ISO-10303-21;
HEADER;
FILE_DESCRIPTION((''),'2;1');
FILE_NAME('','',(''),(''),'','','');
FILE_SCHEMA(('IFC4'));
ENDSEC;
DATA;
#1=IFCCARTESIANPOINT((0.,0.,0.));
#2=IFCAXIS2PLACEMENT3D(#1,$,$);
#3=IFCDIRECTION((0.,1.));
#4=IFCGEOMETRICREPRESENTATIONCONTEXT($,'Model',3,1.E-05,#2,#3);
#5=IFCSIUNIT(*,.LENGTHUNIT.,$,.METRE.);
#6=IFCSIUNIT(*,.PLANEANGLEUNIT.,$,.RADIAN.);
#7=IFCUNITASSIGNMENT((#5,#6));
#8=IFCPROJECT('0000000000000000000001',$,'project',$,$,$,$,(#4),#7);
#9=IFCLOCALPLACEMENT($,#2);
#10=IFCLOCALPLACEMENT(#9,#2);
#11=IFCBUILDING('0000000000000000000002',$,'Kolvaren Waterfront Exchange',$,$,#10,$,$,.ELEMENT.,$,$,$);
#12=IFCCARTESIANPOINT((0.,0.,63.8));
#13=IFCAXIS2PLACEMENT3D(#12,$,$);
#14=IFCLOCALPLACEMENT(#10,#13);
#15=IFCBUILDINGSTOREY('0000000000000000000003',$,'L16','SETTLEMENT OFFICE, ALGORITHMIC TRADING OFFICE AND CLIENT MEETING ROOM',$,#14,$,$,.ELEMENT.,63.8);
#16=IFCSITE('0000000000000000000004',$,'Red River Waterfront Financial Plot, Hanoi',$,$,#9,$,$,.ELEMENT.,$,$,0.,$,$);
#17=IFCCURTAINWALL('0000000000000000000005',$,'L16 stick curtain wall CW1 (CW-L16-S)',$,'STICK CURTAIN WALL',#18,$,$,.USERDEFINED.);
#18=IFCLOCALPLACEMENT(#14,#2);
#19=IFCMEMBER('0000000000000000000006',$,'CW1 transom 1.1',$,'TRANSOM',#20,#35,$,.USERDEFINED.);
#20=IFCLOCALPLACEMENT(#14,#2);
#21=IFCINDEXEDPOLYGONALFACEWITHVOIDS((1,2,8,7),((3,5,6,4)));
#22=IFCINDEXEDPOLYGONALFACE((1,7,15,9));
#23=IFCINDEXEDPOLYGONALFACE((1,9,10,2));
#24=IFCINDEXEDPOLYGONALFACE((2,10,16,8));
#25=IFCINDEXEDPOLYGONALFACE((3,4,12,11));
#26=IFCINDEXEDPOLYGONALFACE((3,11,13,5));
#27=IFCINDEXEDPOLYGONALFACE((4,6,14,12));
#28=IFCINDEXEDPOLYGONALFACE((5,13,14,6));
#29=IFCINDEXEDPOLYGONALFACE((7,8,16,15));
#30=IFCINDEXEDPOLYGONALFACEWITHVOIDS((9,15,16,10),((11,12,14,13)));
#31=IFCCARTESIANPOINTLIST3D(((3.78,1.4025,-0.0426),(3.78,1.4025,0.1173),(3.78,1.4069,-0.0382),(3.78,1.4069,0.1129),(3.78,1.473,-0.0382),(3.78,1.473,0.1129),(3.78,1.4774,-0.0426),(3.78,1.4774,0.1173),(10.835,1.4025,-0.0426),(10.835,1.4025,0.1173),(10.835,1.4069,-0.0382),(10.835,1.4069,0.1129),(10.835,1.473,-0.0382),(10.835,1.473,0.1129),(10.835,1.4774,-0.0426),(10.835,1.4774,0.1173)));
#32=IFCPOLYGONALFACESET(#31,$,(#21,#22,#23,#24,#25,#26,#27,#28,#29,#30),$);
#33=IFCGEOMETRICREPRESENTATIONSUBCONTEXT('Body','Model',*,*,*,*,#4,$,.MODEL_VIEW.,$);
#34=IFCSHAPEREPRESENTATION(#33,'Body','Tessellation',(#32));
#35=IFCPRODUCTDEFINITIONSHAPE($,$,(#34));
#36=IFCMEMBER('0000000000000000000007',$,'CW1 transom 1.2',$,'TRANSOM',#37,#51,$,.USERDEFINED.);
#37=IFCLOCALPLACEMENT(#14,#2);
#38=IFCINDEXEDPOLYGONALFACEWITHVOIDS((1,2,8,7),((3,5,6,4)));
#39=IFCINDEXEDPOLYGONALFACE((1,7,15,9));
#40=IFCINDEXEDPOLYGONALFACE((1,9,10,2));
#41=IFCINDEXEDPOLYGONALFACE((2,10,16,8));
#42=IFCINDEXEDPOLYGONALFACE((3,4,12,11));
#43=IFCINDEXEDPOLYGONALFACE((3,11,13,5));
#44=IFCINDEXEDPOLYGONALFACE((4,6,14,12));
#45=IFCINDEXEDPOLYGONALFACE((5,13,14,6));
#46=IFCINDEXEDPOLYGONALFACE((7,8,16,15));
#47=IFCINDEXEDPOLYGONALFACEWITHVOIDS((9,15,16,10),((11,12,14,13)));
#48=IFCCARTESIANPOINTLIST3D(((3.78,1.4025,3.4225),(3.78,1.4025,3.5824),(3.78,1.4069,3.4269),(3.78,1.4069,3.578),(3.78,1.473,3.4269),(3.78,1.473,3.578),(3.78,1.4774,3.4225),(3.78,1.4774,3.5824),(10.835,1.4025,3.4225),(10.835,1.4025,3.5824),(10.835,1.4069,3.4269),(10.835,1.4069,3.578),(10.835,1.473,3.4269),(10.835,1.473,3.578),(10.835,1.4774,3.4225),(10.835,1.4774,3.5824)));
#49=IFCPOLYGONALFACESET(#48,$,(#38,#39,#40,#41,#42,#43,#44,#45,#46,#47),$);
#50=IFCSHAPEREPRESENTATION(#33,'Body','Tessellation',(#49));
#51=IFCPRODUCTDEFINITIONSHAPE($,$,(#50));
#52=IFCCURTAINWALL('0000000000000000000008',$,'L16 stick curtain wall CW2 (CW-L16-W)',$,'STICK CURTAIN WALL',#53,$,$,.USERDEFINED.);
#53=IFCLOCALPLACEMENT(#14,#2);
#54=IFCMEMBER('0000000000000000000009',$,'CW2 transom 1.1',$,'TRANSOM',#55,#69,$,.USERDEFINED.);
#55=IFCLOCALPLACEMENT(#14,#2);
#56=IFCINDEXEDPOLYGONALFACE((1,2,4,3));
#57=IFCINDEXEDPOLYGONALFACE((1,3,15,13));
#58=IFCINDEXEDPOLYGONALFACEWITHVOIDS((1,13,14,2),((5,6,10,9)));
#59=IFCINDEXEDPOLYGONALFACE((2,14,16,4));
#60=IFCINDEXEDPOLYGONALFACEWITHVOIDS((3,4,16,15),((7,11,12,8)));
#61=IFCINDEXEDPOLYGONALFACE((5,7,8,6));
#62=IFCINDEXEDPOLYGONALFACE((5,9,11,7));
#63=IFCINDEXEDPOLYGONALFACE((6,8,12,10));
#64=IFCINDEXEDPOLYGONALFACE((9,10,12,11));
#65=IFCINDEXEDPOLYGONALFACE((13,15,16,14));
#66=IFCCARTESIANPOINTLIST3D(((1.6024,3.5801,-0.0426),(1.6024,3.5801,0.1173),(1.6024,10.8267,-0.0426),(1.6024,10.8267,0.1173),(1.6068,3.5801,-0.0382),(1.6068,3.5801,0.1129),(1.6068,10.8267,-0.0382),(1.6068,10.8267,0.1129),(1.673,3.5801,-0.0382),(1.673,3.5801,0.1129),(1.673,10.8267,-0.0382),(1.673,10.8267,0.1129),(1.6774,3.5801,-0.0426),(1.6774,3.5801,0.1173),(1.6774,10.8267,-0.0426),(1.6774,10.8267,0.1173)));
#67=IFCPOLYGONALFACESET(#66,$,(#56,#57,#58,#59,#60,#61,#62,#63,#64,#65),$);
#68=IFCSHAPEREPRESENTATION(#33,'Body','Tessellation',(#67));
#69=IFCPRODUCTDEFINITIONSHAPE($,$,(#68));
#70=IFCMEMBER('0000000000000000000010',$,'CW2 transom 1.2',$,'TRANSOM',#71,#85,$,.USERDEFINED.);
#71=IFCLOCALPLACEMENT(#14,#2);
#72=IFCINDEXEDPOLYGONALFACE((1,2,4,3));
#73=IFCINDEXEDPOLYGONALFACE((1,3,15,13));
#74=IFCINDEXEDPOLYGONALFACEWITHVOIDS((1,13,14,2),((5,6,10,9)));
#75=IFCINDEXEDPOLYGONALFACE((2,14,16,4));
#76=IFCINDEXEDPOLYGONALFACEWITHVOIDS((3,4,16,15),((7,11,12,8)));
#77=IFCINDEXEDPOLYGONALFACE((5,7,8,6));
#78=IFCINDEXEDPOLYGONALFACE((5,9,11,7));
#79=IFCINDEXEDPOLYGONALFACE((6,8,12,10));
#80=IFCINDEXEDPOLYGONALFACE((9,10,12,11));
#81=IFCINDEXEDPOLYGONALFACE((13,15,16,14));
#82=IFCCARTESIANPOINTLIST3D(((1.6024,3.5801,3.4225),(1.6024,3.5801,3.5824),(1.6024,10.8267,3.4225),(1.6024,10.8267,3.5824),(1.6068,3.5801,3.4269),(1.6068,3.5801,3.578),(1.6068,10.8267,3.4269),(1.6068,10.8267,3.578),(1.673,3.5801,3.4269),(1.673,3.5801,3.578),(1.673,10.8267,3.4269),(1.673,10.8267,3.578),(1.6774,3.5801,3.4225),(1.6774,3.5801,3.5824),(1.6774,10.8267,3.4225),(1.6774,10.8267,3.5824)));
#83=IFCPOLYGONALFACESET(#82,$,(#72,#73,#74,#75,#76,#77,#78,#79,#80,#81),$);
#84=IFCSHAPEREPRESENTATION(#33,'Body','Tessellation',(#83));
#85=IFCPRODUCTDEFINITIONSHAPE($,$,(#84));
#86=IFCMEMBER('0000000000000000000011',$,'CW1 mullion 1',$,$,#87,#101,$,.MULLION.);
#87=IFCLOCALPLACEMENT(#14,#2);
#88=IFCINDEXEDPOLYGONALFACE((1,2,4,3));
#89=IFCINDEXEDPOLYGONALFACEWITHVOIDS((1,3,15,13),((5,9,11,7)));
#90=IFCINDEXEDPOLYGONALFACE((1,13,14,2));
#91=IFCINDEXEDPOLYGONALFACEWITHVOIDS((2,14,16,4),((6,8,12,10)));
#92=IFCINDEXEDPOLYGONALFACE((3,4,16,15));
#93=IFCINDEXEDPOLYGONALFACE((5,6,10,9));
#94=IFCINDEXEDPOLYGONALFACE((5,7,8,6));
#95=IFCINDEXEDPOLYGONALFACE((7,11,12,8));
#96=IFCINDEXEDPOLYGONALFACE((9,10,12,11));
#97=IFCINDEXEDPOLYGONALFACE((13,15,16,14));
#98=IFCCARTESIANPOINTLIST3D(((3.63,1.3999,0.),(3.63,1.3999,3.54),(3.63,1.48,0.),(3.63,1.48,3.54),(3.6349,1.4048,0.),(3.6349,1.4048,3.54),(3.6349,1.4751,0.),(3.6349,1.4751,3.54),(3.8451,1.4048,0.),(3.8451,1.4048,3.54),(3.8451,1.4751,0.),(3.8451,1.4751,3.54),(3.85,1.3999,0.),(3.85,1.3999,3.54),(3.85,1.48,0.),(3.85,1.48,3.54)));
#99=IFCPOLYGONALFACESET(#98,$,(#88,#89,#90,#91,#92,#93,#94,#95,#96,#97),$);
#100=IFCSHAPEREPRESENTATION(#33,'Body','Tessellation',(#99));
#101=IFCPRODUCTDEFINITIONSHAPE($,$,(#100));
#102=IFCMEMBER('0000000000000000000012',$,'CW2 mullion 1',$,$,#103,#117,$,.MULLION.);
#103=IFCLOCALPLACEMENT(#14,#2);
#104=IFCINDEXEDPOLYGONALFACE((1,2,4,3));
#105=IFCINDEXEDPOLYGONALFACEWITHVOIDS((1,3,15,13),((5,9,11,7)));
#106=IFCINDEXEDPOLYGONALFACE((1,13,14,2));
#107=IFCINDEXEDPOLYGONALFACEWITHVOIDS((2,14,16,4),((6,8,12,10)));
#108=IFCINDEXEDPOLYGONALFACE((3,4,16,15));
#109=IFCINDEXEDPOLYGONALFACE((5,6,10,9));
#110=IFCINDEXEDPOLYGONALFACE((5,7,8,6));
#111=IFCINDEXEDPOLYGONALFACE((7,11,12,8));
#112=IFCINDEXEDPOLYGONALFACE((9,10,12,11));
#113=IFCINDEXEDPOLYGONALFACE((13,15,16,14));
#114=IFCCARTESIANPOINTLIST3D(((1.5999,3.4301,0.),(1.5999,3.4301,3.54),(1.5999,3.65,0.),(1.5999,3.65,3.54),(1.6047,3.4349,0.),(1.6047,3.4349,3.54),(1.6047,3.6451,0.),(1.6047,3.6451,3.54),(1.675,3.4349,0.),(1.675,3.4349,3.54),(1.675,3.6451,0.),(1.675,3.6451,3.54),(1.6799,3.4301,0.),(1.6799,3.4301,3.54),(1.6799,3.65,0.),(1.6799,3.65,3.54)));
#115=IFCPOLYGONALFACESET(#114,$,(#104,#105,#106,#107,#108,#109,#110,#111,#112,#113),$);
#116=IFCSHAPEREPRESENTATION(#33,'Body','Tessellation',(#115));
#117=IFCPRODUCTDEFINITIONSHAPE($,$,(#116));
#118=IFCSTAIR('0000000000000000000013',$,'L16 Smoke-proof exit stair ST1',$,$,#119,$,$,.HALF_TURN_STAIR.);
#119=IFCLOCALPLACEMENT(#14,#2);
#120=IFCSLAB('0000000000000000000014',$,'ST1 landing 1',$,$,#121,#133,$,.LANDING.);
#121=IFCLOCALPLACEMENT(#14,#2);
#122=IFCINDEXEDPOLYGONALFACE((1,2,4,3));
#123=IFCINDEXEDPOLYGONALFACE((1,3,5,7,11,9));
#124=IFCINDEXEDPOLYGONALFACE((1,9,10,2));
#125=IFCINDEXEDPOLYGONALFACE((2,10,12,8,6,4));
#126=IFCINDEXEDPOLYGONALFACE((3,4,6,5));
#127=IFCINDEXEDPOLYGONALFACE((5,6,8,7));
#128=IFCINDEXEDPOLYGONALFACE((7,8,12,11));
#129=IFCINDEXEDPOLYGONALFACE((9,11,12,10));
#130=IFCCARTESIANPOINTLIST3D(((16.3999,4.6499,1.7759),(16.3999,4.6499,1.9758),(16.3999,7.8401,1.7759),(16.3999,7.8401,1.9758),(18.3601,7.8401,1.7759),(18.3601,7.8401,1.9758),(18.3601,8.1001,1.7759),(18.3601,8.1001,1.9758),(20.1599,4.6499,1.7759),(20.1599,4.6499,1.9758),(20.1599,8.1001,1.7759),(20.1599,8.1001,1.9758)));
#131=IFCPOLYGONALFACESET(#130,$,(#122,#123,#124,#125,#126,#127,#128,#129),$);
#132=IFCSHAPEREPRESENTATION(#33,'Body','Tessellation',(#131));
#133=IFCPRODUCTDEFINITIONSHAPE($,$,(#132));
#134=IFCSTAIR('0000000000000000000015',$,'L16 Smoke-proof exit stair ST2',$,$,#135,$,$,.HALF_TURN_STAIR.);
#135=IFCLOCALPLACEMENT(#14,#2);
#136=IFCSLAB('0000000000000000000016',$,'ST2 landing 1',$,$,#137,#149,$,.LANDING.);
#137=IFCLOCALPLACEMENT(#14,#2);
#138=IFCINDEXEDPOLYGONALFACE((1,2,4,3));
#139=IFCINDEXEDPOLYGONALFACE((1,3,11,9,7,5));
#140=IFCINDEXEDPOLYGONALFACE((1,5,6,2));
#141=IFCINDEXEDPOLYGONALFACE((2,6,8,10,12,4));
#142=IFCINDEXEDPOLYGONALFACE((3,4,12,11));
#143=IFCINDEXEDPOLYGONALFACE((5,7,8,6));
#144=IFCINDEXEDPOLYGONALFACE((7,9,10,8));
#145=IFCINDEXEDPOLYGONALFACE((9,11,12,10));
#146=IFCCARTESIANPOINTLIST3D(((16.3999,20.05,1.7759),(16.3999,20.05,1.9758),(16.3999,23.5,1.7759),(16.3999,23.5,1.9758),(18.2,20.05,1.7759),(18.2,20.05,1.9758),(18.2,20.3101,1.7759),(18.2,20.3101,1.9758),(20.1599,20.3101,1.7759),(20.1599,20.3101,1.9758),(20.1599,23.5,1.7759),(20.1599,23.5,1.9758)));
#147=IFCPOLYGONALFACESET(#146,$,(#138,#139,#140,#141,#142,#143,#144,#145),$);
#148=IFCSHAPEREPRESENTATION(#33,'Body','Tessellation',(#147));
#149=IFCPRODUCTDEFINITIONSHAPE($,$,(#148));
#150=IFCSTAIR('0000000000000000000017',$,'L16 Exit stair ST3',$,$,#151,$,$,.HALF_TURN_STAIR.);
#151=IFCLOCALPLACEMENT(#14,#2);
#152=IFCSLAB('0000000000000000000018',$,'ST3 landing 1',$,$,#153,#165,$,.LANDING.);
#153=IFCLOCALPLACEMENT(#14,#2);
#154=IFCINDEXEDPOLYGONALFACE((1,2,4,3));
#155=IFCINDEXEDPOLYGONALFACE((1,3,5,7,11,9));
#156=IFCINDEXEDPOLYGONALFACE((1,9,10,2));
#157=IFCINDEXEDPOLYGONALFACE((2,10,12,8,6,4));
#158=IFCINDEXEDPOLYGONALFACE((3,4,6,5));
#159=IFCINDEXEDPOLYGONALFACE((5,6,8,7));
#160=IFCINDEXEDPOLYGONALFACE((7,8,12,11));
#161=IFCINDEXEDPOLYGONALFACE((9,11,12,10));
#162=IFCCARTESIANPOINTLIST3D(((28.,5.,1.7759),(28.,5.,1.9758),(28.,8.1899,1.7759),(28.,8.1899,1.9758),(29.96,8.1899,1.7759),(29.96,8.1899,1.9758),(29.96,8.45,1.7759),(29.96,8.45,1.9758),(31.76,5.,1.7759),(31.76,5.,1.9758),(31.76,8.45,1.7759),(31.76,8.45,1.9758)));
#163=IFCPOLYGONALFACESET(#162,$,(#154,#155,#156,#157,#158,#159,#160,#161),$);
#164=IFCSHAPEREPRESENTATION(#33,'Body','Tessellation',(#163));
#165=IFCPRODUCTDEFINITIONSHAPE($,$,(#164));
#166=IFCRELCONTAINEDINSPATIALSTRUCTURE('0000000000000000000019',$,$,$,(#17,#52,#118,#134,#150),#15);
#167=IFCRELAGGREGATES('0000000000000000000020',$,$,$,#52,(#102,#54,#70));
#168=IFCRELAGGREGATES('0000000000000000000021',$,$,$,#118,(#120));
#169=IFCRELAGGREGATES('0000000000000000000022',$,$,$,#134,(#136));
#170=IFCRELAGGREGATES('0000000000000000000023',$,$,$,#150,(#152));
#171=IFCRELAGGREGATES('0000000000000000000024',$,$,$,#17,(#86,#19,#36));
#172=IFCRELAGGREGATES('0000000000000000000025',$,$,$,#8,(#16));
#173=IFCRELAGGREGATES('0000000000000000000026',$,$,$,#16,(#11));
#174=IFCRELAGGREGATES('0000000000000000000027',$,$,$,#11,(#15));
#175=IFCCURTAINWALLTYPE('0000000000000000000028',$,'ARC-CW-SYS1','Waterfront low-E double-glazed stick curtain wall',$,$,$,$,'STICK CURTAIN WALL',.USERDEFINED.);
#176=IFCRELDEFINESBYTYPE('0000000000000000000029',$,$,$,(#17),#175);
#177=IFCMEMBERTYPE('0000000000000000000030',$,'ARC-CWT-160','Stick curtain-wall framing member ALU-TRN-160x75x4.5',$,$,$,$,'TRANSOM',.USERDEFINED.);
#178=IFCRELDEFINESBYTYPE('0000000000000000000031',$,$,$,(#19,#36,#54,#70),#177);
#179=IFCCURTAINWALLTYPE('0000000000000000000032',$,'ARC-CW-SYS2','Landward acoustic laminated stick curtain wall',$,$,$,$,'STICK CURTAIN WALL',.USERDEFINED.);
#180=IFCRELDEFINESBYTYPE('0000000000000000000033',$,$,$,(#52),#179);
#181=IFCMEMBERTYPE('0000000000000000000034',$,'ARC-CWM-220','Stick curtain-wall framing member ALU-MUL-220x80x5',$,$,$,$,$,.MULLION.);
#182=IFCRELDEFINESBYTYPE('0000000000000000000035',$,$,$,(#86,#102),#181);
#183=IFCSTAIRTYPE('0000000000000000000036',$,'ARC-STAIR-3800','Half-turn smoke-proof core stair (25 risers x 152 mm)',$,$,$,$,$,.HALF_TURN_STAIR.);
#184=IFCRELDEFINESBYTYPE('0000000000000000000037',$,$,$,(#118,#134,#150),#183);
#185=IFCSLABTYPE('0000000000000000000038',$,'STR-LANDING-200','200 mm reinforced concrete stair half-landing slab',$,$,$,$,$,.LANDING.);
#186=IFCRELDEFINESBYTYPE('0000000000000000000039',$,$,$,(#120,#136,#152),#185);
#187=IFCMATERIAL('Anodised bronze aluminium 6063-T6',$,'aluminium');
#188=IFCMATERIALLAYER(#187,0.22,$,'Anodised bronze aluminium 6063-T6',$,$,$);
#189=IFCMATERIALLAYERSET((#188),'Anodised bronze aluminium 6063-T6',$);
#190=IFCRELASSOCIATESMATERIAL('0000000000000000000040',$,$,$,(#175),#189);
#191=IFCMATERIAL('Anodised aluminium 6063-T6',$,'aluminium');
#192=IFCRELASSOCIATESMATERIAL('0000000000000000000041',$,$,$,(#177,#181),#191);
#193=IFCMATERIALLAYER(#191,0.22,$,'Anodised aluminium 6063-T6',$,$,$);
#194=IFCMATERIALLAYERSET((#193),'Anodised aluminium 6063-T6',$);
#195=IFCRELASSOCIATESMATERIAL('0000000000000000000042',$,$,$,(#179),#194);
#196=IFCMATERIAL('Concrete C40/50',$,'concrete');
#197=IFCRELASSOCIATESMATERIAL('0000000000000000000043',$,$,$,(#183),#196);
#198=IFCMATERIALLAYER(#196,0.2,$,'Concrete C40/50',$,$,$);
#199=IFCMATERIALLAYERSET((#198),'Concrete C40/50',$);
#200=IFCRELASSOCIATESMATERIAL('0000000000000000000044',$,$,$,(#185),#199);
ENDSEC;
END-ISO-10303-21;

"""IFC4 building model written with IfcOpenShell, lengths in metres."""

from ifc_helpers import new_model, si_unit, direction, frame, origin, origin_with_axes, origin_2d, place, context, subcontext, project, spatial, polyline, hollow_rectangle, outline, extrude, source, transform, mapped, material, layer, layer_set, material_profile, profile_set, type_object, element, aggregate, save


model = new_model("IFC4")

# Units and contexts
model_context = context("Model", 3, precision=1e-05, world=origin(), true_north=direction((0.0, 1.0)))
body_context = subcontext(model_context, "Body", "Model", "MODEL_VIEW")
ifc_project = project(units=[si_unit("LENGTHUNIT", "METRE"), si_unit("PLANEANGLEUNIT", "RADIAN")], contexts=[model_context])

# Site, building, storey
site_placement = place(None, origin())
site = spatial("IfcSite", under=ifc_project, at=site_placement, Name="Red River Waterfront Financial Plot, Hanoi", CompositionType="ELEMENT", RefElevation=0.0)
building_placement = place(site_placement, origin())
building = spatial("IfcBuilding", under=site, at=building_placement, Name="Kolvaren Waterfront Exchange", CompositionType="ELEMENT")
storey_placement = place(building_placement, frame((0.0, 0.0, 63.8)))
storey = spatial("IfcBuildingStorey", under=building, at=storey_placement, Name="L16", Description="SETTLEMENT OFFICE, ALGORITHMIC TRADING OFFICE AND CLIENT MEETING ROOM", CompositionType="ELEMENT", Elevation=63.8)

# Curtain walls, members
ifc_material_1 = material(Name="Anodised bronze aluminium 6063-T6", Category="aluminium")
ifc_layer_1 = layer(ifc_material_1, 0.22, Name="Anodised bronze aluminium 6063-T6")
ifc_layer_set_1 = layer_set([ifc_layer_1], Name="Anodised bronze aluminium 6063-T6")
curtain_wall_type_1 = type_object("IfcCurtainWallType", Name="ARC-CW-SYS1", Description="Waterfront low-E double-glazed stick curtain wall", ElementType="STICK CURTAIN WALL", PredefinedType="USERDEFINED", material=ifc_layer_set_1)
curtain_wall_1_placement = place(storey_placement, origin())
curtain_wall_1 = element("IfcCurtainWall", 1, at=curtain_wall_1_placement, inside=storey, type_object=curtain_wall_type_1, Name="L16 stick curtain wall CW1 (CW-L16-S)", ObjectType="STICK CURTAIN WALL", PredefinedType="USERDEFINED")
ifc_material_2 = material(Name="Anodised aluminium 6063-T6", Category="aluminium")
ifc_material_profile_1 = material_profile(ifc_material_2, hollow_rectangle(XDim=0.075, YDim=0.1599, WallThickness=0.0044, at=origin_2d()), Name="ALU-TRN-160x75x4.5")
ifc_profile_set_1 = profile_set([ifc_material_profile_1], Name="Anodised aluminium 6063-T6")
member_type_1 = type_object("IfcMemberType", Name="ARC-CWT-160", Description="Stick curtain-wall framing member ALU-TRN-160x75x4.5", ElementType="TRANSOM", PredefinedType="USERDEFINED", material=ifc_profile_set_1)
shared_shape_1 = source(origin_with_axes(), body_context, "Body", "SweptSolid", [
    extrude(hollow_rectangle(XDim=0.075, YDim=0.1599, WallThickness=0.0044, at=origin_2d()), origin(), (0.0, 0.0, 1.0), 7.0549),
])
member_1_placement = place(storey_placement, frame((3.78, 1.4399, 0.0374), z_axis=(1.0, 0.0, 0.0), x_axis=(0.0, 1.0, 0.0)))
member_1 = element("IfcMember", 2, at=member_1_placement, type_object=member_type_1, Name="CW1 transom 1.1", ObjectType="TRANSOM", PredefinedType="USERDEFINED", context=body_context, shape_type="MappedRepresentation", body=[
    mapped(shared_shape_1, transform((0.0, 0.0, 0.0), x_axis=(1.0, 0.0, 0.0), y_axis=(0.0, 1.0, 0.0), z_axis=(0.0, 0.0, 1.0), scale=1.0)),
])
member_2_placement = place(storey_placement, frame((3.78, 1.4399, 3.5024), z_axis=(1.0, 0.0, 0.0), x_axis=(0.0, 1.0, 0.0)))
member_2 = element("IfcMember", 3, at=member_2_placement, type_object=member_type_1, Name="CW1 transom 1.2", ObjectType="TRANSOM", PredefinedType="USERDEFINED", context=body_context, shape_type="MappedRepresentation", body=[
    mapped(shared_shape_1, transform((0.0, 0.0, 0.0), x_axis=(1.0, 0.0, 0.0), y_axis=(0.0, 1.0, 0.0), z_axis=(0.0, 0.0, 1.0), scale=1.0)),
])
ifc_layer_2 = layer(ifc_material_2, 0.22, Name="Anodised aluminium 6063-T6")
ifc_layer_set_2 = layer_set([ifc_layer_2], Name="Anodised aluminium 6063-T6")
curtain_wall_type_2 = type_object("IfcCurtainWallType", Name="ARC-CW-SYS2", Description="Landward acoustic laminated stick curtain wall", ElementType="STICK CURTAIN WALL", PredefinedType="USERDEFINED", material=ifc_layer_set_2)
curtain_wall_2_placement = place(storey_placement, origin())
curtain_wall_2 = element("IfcCurtainWall", 4, at=curtain_wall_2_placement, inside=storey, type_object=curtain_wall_type_2, Name="L16 stick curtain wall CW2 (CW-L16-W)", ObjectType="STICK CURTAIN WALL", PredefinedType="USERDEFINED")
shared_shape_2 = source(origin_with_axes(), body_context, "Body", "SweptSolid", [
    extrude(hollow_rectangle(XDim=0.075, YDim=0.1599, WallThickness=0.0044, at=origin_2d()), origin(), (0.0, 0.0, 1.0), 7.2466),
])
member_3_placement = place(storey_placement, frame((1.6399, 3.5801, 0.0374), z_axis=(0.0, 1.0, 0.0), x_axis=(-1.0, 0.0, 0.0)))
member_3 = element("IfcMember", 5, at=member_3_placement, type_object=member_type_1, Name="CW2 transom 1.1", ObjectType="TRANSOM", PredefinedType="USERDEFINED", context=body_context, shape_type="MappedRepresentation", body=[
    mapped(shared_shape_2, transform((0.0, 0.0, 0.0), x_axis=(1.0, 0.0, 0.0), y_axis=(0.0, 1.0, 0.0), z_axis=(0.0, 0.0, 1.0), scale=1.0)),
])
member_4_placement = place(storey_placement, frame((1.6399, 3.5801, 3.5024), z_axis=(0.0, 1.0, 0.0), x_axis=(-1.0, 0.0, 0.0)))
member_4 = element("IfcMember", 6, at=member_4_placement, type_object=member_type_1, Name="CW2 transom 1.2", ObjectType="TRANSOM", PredefinedType="USERDEFINED", context=body_context, shape_type="MappedRepresentation", body=[
    mapped(shared_shape_2, transform((0.0, 0.0, 0.0), x_axis=(1.0, 0.0, 0.0), y_axis=(0.0, 1.0, 0.0), z_axis=(0.0, 0.0, 1.0), scale=1.0)),
])

# Members
ifc_material_profile_2 = material_profile(ifc_material_2, hollow_rectangle(XDim=0.0801, YDim=0.22, WallThickness=0.0049, at=origin_2d()), Name="ALU-MUL-220x80x5")
ifc_profile_set_2 = profile_set([ifc_material_profile_2], Name="Anodised aluminium 6063-T6")
member_type_2 = type_object("IfcMemberType", Name="ARC-CWM-220", Description="Stick curtain-wall framing member ALU-MUL-220x80x5", PredefinedType="MULLION", material=ifc_profile_set_2)
shared_shape_3 = source(origin_with_axes(), body_context, "Body", "SweptSolid", [
    extrude(hollow_rectangle(XDim=0.0801, YDim=0.22, WallThickness=0.0049, at=origin_2d()), origin(), (0.0, 0.0, 1.0), 3.54),
])
member_5_placement = place(storey_placement, frame((3.74, 1.4399, 0.0), z_axis=(0.0, 0.0, 1.0), x_axis=(0.0, 1.0, 0.0)))
member_5 = element("IfcMember", 7, at=member_5_placement, type_object=member_type_2, Name="CW1 mullion 1", PredefinedType="MULLION", context=body_context, shape_type="MappedRepresentation", body=[
    mapped(shared_shape_3, transform((0.0, 0.0, 0.0), x_axis=(1.0, 0.0, 0.0), y_axis=(0.0, 1.0, 0.0), z_axis=(0.0, 0.0, 1.0), scale=1.0)),
])
member_6_placement = place(storey_placement, frame((1.6399, 3.54, 0.0), z_axis=(0.0, 0.0, 1.0), x_axis=(-1.0, 0.0, 0.0)))
member_6 = element("IfcMember", 8, at=member_6_placement, type_object=member_type_2, Name="CW2 mullion 1", PredefinedType="MULLION", context=body_context, shape_type="MappedRepresentation", body=[
    mapped(shared_shape_3, transform((0.0, 0.0, 0.0), x_axis=(1.0, 0.0, 0.0), y_axis=(0.0, 1.0, 0.0), z_axis=(0.0, 0.0, 1.0), scale=1.0)),
])
aggregate(curtain_wall_2, [member_6, member_3, member_4])

# Stairs, slabs
ifc_material_3 = material(Name="Concrete C40/50", Category="concrete")
stair_type = type_object("IfcStairType", Name="ARC-STAIR-3800", Description="Half-turn smoke-proof core stair (25 risers x 152 mm)", PredefinedType="HALF_TURN_STAIR", material=ifc_material_3)
stair_1_placement = place(storey_placement, origin())
stair_1 = element("IfcStair", 9, at=stair_1_placement, inside=storey, type_object=stair_type, Name="L16 Smoke-proof exit stair ST1", PredefinedType="HALF_TURN_STAIR")
ifc_layer_3 = layer(ifc_material_3, 0.2, Name="Concrete C40/50")
ifc_layer_set_3 = layer_set([ifc_layer_3], Name="Concrete C40/50")
slab_type_1 = type_object("IfcSlabType", Name="STR-LANDING-200", Description="200 mm reinforced concrete stair half-landing slab", PredefinedType="LANDING", material=ifc_layer_set_3)
slab_1_placement = place(storey_placement, frame((0.0, 0.0, 1.7759)))
slab_1 = element("IfcSlab", 10, at=slab_1_placement, type_object=slab_type_1, Name="ST1 landing 1", PredefinedType="LANDING", context=body_context, shape_type="SweptSolid", body=[
    extrude(outline(polyline([(16.3999, 7.8401), (16.3999, 4.6499), (20.1599, 4.6499), (20.1599, 8.1001), (18.3601, 8.1001), (18.3601, 7.8401), (16.3999, 7.8401)])), origin(), (0.0, 0.0, 1.0), 0.2),
])
aggregate(stair_1, [slab_1])
stair_2_placement = place(storey_placement, origin())
stair_2 = element("IfcStair", 11, at=stair_2_placement, inside=storey, type_object=stair_type, Name="L16 Smoke-proof exit stair ST2", PredefinedType="HALF_TURN_STAIR")
slab_2_placement = place(storey_placement, frame((0.0, 0.0, 1.7759)))
slab_2 = element("IfcSlab", 12, at=slab_2_placement, type_object=slab_type_1, Name="ST2 landing 1", PredefinedType="LANDING", context=body_context, shape_type="SweptSolid", body=[
    extrude(outline(polyline([(20.1599, 20.3101), (20.1599, 23.5), (16.3999, 23.5), (16.3999, 20.05), (18.2, 20.05), (18.2, 20.3101), (20.1599, 20.3101)])), origin(), (0.0, 0.0, 1.0), 0.2),
])
aggregate(stair_2, [slab_2])
stair_3_placement = place(storey_placement, origin())
stair_3 = element("IfcStair", 13, at=stair_3_placement, inside=storey, type_object=stair_type, Name="L16 Exit stair ST3", PredefinedType="HALF_TURN_STAIR")
slab_3_placement = place(storey_placement, frame((0.0, 0.0, 1.7759)))
slab_3 = element("IfcSlab", 14, at=slab_3_placement, type_object=slab_type_1, Name="ST3 landing 1", PredefinedType="LANDING", context=body_context, shape_type="SweptSolid", body=[
    extrude(outline(polyline([(28.0, 8.1899), (28.0, 5.0), (31.76, 5.0), (31.76, 8.45), (29.96, 8.45), (29.96, 8.1899), (28.0, 8.1899)])), origin(), (0.0, 0.0, 1.0), 0.2),
])
aggregate(stair_3, [slab_3])

aggregate(curtain_wall_1, [member_5, member_1, member_2])

save(model, "model.ifc")
